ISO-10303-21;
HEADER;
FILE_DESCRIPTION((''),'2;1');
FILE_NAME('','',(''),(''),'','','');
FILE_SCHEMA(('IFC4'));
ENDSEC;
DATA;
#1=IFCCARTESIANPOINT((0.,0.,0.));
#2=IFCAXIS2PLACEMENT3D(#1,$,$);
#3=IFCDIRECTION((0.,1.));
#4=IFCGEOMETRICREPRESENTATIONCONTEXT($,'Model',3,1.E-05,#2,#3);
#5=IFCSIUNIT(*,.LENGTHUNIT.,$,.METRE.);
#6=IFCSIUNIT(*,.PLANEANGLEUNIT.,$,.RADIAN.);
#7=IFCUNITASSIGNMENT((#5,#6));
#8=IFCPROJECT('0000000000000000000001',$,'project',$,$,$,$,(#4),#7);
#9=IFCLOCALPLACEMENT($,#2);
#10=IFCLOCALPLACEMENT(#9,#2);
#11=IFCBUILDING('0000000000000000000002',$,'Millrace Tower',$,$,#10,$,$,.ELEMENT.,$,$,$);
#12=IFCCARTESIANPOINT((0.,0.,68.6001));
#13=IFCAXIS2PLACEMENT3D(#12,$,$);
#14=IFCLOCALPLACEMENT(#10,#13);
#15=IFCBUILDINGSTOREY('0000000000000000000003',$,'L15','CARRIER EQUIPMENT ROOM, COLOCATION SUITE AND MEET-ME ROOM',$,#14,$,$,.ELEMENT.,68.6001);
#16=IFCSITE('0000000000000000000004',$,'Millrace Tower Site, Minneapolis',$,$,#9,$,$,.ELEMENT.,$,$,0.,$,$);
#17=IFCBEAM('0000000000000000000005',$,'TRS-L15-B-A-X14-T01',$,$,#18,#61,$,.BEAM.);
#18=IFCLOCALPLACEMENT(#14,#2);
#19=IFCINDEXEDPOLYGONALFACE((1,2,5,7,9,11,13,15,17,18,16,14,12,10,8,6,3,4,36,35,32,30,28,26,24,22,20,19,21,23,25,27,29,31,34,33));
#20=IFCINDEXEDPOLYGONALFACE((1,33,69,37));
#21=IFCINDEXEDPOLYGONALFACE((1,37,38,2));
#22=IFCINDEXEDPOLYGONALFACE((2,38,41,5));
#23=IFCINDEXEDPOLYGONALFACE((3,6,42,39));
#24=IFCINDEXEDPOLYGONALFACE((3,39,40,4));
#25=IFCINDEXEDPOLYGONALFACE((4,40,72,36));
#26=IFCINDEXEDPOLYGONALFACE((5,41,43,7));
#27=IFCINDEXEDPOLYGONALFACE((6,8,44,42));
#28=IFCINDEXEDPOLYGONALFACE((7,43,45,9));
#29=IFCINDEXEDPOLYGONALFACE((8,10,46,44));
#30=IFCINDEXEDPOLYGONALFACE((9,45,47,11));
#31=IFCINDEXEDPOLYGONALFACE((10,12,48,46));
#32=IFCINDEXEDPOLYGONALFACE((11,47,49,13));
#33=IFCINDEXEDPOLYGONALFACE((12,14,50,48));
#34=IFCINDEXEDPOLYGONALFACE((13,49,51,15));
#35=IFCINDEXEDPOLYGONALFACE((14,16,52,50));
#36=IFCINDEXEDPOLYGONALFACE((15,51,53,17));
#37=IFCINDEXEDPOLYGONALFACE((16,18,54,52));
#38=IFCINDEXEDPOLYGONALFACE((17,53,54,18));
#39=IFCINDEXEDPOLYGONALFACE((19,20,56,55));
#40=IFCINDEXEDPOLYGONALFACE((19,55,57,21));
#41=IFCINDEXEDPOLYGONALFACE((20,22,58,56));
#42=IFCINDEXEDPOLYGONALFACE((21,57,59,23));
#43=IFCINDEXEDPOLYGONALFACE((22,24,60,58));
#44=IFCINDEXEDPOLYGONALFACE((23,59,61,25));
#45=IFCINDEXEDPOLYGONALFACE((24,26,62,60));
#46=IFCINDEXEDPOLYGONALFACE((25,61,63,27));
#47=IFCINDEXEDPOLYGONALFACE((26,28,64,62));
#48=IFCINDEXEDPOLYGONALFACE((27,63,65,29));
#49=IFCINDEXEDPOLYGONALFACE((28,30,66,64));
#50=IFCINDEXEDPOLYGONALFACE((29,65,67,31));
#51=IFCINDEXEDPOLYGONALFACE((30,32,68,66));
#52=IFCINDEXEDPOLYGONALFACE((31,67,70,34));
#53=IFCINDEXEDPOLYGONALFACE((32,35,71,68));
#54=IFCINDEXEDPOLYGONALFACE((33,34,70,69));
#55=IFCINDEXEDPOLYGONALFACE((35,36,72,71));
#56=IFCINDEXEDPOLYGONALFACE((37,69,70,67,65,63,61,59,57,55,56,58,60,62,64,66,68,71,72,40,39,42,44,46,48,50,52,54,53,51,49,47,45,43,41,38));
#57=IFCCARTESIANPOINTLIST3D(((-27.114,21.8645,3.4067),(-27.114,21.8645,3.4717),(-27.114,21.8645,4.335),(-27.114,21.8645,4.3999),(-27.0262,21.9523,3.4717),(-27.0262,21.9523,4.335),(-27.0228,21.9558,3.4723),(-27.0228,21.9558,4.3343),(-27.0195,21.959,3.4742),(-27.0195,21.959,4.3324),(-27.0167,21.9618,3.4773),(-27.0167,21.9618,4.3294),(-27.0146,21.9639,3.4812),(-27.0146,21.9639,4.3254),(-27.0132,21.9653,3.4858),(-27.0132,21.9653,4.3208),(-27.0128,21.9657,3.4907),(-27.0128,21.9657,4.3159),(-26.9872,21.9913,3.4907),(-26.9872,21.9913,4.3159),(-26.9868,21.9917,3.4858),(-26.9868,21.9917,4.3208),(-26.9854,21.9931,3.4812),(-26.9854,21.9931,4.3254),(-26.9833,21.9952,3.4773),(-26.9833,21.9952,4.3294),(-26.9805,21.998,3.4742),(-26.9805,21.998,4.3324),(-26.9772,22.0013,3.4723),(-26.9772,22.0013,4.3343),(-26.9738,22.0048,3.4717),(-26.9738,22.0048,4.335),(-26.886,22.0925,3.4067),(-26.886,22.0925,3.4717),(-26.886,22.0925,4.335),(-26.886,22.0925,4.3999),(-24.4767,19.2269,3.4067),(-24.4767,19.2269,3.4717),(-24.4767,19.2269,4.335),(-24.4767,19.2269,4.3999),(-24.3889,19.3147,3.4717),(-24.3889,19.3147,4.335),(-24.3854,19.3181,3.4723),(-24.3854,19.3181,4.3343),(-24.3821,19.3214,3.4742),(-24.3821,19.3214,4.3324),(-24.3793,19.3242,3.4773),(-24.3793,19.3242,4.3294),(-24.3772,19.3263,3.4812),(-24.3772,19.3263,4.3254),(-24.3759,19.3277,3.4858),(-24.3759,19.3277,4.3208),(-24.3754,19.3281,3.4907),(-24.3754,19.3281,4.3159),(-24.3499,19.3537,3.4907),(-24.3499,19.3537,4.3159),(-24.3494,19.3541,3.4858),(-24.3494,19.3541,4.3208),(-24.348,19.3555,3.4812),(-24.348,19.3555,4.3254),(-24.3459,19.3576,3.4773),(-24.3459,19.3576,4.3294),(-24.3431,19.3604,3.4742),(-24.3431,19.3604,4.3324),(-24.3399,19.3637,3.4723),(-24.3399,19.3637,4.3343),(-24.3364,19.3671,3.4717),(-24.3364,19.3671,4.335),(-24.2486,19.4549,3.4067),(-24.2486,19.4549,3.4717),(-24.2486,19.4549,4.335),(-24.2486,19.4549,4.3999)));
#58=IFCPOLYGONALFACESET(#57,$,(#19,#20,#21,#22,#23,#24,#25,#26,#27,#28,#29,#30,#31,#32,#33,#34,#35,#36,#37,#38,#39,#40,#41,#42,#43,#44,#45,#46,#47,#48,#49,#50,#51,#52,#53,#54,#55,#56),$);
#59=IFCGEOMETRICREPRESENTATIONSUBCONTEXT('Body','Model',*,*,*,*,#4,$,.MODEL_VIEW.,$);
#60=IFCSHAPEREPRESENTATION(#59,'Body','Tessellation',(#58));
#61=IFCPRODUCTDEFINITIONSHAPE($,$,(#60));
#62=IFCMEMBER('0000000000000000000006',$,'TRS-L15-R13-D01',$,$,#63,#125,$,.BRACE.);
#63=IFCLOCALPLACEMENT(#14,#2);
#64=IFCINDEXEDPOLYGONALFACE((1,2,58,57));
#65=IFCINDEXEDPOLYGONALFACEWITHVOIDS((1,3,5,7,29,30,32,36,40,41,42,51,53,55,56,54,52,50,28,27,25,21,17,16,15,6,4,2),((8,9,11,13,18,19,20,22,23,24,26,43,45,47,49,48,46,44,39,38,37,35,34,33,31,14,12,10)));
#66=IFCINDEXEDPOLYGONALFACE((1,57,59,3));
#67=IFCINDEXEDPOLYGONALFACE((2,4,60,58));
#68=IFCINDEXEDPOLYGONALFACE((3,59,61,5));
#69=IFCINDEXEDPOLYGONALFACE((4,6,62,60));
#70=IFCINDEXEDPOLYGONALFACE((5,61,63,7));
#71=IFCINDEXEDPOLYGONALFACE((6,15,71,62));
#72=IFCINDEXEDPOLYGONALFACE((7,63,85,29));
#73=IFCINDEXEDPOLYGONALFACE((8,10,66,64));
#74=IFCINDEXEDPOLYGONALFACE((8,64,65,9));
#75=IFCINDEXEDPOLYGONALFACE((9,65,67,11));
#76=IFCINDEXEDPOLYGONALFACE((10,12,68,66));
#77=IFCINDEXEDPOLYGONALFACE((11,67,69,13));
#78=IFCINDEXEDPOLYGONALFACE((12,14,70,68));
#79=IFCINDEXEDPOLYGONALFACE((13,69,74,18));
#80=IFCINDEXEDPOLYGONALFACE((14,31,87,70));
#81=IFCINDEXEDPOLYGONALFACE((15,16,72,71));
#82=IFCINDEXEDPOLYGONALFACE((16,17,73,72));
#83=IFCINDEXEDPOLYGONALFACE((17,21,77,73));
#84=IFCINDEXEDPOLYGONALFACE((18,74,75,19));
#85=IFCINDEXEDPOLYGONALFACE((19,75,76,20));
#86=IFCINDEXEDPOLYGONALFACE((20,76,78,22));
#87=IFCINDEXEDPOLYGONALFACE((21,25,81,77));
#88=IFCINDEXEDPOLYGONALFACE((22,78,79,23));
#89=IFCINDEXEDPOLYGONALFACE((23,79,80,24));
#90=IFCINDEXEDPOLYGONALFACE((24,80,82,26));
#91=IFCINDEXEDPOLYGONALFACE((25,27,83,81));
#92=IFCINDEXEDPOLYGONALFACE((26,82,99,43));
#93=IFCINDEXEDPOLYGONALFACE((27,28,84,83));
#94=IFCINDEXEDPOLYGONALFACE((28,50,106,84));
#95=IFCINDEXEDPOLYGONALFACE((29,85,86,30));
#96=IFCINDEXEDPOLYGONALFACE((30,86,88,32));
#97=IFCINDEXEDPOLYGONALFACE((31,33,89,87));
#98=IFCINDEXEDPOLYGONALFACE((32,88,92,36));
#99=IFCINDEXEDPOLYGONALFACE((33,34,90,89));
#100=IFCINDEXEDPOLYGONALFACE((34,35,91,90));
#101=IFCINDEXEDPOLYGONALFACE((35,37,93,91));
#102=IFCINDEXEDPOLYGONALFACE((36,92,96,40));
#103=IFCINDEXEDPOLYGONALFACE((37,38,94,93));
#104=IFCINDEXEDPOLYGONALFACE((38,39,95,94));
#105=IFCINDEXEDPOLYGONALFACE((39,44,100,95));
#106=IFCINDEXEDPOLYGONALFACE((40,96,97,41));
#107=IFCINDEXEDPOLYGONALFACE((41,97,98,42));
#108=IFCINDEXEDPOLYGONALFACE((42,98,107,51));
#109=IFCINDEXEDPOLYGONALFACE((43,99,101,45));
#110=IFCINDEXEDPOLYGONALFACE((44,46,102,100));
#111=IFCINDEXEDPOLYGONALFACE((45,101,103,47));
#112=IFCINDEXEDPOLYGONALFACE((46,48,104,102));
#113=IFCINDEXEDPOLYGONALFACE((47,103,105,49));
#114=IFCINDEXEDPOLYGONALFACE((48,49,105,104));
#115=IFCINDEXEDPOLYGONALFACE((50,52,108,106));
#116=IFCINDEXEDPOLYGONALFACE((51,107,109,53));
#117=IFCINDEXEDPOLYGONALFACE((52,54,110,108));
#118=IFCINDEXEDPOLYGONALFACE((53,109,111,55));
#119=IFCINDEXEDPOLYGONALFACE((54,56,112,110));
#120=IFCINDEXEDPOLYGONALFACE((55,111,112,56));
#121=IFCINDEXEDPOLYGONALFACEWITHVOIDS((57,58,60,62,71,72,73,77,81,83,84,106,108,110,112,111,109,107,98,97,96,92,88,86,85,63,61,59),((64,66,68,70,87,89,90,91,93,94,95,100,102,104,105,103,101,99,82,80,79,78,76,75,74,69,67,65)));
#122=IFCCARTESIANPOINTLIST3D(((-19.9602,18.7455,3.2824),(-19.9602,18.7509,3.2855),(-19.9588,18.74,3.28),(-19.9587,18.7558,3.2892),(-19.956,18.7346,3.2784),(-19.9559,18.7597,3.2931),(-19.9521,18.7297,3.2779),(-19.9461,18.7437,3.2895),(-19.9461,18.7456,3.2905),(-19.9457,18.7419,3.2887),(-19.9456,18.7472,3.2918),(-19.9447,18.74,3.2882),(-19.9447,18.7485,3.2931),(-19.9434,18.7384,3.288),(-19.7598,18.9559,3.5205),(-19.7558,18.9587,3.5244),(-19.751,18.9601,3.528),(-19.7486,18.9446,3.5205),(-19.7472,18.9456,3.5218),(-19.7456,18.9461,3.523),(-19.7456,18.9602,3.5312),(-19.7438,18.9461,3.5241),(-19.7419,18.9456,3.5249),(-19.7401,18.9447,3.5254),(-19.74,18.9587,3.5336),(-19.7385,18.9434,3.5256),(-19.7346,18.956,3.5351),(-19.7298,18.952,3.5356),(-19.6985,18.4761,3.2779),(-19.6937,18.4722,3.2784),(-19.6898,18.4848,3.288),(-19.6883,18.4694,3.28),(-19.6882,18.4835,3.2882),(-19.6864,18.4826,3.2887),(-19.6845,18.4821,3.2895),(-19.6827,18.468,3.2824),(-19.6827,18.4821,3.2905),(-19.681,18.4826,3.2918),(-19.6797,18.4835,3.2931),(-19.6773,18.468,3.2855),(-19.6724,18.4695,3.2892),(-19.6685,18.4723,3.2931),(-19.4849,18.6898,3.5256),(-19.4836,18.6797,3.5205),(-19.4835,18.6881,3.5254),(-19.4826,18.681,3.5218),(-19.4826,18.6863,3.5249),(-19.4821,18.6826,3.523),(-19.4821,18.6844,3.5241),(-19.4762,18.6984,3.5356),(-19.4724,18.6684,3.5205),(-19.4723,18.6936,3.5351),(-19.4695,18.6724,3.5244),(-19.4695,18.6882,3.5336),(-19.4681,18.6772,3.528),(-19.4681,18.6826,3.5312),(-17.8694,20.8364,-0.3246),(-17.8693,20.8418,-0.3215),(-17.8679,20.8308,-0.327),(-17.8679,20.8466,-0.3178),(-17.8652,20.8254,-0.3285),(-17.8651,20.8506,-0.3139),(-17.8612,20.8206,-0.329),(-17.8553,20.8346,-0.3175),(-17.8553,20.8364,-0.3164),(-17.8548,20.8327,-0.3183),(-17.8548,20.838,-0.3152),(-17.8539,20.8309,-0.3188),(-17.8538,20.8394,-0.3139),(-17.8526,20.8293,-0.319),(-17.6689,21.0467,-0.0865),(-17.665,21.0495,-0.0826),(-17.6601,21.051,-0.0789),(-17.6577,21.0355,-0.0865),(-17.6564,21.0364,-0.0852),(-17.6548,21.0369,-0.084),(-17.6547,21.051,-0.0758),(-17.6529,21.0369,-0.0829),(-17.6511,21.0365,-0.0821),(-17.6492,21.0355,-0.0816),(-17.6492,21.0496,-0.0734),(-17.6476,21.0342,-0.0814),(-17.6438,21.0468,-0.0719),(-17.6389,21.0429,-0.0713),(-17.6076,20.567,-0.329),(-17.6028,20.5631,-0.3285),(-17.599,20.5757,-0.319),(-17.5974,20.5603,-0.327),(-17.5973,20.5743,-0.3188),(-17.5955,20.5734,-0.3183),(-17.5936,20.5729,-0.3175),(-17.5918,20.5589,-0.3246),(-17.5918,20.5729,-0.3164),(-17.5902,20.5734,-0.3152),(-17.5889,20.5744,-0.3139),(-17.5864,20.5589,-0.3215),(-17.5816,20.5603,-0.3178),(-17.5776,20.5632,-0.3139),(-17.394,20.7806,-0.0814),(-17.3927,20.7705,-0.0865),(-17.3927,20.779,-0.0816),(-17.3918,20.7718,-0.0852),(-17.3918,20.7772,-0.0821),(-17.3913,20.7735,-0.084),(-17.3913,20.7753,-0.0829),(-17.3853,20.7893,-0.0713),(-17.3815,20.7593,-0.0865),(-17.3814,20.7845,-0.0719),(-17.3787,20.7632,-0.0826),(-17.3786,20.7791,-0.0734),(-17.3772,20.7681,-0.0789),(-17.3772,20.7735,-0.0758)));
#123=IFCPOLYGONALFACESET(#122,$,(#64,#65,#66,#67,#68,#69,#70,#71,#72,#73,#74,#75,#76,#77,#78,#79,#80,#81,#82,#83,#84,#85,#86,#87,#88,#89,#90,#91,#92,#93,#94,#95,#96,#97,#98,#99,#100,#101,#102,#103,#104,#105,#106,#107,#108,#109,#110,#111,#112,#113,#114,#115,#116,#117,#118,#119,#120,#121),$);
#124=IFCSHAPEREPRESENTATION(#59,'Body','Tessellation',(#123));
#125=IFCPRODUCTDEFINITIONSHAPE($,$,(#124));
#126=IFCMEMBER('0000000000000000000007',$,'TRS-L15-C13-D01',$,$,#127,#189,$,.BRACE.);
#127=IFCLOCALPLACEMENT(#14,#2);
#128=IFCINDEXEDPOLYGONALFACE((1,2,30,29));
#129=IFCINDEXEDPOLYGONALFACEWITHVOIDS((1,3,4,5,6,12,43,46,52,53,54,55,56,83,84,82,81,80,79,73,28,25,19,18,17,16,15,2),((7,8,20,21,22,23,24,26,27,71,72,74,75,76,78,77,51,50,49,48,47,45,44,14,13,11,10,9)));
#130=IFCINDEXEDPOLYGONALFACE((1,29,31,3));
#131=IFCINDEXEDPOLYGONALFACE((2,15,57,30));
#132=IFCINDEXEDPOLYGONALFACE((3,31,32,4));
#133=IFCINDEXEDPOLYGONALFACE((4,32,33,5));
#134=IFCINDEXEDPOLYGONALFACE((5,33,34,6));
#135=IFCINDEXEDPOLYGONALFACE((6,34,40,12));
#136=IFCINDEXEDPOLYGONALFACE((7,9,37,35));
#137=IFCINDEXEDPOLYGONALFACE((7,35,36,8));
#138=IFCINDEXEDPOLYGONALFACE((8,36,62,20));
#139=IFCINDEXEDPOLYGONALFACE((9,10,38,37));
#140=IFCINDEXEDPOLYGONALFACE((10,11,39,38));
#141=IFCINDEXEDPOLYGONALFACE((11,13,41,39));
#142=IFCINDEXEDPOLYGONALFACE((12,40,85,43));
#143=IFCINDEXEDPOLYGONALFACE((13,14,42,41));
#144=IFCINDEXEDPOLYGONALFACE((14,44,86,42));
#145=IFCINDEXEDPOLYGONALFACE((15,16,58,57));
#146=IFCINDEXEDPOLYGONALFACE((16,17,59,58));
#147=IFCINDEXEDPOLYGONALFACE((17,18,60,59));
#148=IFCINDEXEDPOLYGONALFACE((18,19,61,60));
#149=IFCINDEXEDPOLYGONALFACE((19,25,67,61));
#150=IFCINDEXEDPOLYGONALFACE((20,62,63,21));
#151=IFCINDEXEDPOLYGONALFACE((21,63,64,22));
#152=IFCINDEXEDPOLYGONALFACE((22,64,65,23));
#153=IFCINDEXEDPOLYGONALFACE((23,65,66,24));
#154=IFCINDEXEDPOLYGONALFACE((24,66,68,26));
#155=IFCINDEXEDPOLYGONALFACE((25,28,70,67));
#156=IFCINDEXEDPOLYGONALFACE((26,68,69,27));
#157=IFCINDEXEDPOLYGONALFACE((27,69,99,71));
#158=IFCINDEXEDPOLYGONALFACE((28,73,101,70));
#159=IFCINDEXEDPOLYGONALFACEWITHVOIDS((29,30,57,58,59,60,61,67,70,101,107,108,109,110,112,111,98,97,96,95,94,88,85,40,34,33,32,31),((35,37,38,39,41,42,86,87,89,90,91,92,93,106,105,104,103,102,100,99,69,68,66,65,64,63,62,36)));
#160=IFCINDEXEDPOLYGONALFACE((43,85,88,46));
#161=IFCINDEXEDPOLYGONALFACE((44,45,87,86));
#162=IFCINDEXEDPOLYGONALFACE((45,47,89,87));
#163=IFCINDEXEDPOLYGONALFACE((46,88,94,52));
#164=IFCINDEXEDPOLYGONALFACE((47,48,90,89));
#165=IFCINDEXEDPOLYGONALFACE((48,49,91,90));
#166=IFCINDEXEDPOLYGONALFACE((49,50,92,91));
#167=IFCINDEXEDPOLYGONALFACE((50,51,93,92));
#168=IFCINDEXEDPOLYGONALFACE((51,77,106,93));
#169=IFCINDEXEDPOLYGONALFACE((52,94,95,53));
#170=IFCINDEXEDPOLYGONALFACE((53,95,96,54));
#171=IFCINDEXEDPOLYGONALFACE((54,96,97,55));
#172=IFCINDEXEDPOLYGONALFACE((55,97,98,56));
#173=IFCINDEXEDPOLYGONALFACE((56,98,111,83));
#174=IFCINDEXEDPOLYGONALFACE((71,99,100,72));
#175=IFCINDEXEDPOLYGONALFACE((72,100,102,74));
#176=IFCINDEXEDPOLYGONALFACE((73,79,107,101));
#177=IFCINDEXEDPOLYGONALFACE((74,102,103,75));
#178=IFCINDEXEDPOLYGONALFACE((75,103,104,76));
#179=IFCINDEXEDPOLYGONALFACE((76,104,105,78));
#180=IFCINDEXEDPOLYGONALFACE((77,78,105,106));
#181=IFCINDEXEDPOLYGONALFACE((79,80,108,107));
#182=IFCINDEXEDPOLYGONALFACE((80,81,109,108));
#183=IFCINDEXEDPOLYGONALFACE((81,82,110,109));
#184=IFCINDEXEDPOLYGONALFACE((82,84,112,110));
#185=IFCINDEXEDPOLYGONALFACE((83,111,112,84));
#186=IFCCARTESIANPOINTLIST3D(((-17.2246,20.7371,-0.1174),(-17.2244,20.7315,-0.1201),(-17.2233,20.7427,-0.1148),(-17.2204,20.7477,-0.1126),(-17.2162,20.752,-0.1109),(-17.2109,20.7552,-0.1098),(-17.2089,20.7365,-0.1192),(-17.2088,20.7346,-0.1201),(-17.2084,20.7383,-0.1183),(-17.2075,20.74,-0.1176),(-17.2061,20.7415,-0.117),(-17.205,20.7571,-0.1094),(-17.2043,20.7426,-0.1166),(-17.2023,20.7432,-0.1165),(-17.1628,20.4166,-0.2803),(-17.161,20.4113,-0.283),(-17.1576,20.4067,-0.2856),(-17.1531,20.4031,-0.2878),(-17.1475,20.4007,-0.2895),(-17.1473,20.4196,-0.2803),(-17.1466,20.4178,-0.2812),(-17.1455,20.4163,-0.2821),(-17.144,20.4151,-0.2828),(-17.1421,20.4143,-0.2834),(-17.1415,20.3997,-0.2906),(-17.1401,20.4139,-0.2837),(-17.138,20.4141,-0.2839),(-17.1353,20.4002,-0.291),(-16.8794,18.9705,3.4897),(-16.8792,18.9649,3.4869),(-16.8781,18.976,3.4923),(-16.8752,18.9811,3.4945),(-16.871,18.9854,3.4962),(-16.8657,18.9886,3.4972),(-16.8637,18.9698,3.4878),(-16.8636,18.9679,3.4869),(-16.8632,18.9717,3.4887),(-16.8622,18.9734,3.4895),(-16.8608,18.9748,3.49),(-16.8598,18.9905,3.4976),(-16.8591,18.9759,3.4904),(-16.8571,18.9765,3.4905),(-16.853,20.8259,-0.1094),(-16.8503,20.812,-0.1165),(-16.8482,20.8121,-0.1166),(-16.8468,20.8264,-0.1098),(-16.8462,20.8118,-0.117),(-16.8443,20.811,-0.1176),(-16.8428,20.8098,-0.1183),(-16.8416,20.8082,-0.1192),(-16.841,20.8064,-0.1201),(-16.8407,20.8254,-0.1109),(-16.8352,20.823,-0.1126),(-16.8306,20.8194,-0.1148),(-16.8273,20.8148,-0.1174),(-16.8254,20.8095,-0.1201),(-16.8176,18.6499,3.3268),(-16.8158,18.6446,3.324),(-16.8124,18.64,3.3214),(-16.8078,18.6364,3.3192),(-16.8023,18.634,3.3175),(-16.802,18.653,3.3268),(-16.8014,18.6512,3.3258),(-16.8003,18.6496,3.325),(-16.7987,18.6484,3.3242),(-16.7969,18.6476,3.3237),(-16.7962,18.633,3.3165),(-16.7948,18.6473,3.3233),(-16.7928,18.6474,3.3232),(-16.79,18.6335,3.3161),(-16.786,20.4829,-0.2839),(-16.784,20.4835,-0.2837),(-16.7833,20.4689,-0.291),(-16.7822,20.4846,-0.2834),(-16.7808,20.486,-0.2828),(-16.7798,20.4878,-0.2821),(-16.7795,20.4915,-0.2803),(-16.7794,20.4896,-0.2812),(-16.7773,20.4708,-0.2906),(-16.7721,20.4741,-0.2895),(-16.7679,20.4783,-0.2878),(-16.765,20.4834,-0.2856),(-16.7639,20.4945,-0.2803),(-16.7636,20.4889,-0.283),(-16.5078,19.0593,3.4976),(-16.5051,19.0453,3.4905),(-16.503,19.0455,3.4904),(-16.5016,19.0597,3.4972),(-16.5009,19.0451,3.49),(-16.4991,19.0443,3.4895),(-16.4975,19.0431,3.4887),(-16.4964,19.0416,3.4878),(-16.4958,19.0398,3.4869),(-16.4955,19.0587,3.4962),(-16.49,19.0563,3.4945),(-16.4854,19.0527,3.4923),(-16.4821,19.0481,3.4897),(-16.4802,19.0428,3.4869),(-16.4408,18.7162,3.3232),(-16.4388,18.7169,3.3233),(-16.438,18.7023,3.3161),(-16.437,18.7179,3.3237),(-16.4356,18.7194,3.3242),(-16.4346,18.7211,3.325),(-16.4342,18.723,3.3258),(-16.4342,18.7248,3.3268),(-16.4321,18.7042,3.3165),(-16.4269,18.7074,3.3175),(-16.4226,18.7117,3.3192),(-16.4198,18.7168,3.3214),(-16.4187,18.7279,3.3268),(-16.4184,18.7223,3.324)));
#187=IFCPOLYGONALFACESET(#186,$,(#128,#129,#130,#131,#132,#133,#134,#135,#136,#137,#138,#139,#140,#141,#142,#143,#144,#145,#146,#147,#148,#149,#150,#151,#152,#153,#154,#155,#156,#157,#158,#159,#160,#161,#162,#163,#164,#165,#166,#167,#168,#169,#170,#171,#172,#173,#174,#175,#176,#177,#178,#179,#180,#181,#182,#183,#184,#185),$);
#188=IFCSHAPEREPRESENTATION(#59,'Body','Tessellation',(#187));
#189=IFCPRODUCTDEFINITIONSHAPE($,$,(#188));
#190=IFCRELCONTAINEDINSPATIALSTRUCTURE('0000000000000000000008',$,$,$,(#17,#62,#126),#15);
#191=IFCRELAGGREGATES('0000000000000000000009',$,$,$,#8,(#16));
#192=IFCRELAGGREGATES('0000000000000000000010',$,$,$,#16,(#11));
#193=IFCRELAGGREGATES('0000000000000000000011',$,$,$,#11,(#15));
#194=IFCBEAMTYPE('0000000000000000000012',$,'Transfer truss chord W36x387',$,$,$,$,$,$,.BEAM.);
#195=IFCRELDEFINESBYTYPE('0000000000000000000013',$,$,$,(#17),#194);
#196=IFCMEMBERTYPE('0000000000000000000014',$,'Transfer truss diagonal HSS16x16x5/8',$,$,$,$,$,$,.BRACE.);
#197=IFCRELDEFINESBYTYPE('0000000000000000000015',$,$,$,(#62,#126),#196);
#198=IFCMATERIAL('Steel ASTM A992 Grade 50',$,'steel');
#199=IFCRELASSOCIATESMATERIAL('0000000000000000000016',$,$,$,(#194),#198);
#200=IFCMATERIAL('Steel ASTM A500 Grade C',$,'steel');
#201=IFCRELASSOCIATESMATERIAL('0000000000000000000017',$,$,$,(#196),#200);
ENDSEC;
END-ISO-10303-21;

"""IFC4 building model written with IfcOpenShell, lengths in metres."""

from ifc_helpers import new_model, si_unit, direction, frame, origin, origin_2d, place, context, subcontext, project, spatial, hollow_rectangle, i_section, extrude, material, material_profile, profile_set, type_object, element, save


model = new_model("IFC4")

# Units and contexts
model_context = context("Model", 3, precision=1e-05, world=origin(), true_north=direction((0.0, 1.0)))
body_context = subcontext(model_context, "Body", "Model", "MODEL_VIEW")
ifc_project = project(units=[si_unit("LENGTHUNIT", "METRE"), si_unit("PLANEANGLEUNIT", "RADIAN")], contexts=[model_context])

# Site, building, storey
site_placement = place(None, origin())
site = spatial("IfcSite", under=ifc_project, at=site_placement, Name="Millrace Tower Site, Minneapolis", CompositionType="ELEMENT", RefElevation=0.0)
building_placement = place(site_placement, origin())
building = spatial("IfcBuilding", under=site, at=building_placement, Name="Millrace Tower", CompositionType="ELEMENT")
storey_placement = place(building_placement, frame((0.0, 0.0, 68.6001)))
storey = spatial("IfcBuildingStorey", under=building, at=storey_placement, Name="L15", Description="CARRIER EQUIPMENT ROOM, COLOCATION SUITE AND MEET-ME ROOM", CompositionType="ELEMENT", Elevation=68.6001)

# Beam
ifc_material_1 = material(Name="Steel ASTM A992 Grade 50", Category="steel")
ifc_material_profile_1 = material_profile(ifc_material_1, i_section(OverallWidth=0.3225, OverallDepth=0.9932, WebThickness=0.0361, FlangeThickness=0.0649, FilletRadius=0.019, at=origin_2d()))
ifc_profile_set_1 = profile_set([ifc_material_profile_1], Name="Steel ASTM A992 Grade 50")
beam_type = type_object("IfcBeamType", Name="Transfer truss chord W36x387", PredefinedType="BEAM", material=ifc_profile_set_1)
for number, where, z_axis, x_axis, name in (
    (1, (-27.0, 21.9785, 3.9033), (0.707074, -0.70714, 0.0), (0.70714, 0.707074, 0.0), "TRS-L15-B-A-X14-T01"),
):
    element("IfcBeam", number, at=place(storey_placement, frame(where, z_axis=z_axis, x_axis=x_axis)), inside=storey, type_object=beam_type, Name=name, PredefinedType="BEAM", context=body_context, shape_type="SweptSolid", body=[
        extrude(i_section(OverallWidth=0.3225, OverallDepth=0.9932, WebThickness=0.0361, FlangeThickness=0.0649, FilletRadius=0.019, at=origin_2d()), origin(), (0.0, 0.0, 1.0), 3.73),
    ])

# Members
ifc_material_2 = material(Name="Steel ASTM A500 Grade C", Category="steel")
ifc_material_profile_2 = material_profile(ifc_material_2, hollow_rectangle(XDim=0.4065, YDim=0.4065, WallThickness=0.0159, InnerFilletRadius=0.0081, OuterFilletRadius=0.0239, at=origin_2d()))
ifc_profile_set_2 = profile_set([ifc_material_profile_2], Name="Steel ASTM A500 Grade C")
member_type_1 = type_object("IfcMemberType", Name="Transfer truss diagonal HSS16x16x5/8", PredefinedType="BRACE", material=ifc_profile_set_2)
member_1_placement = place(storey_placement, frame((-17.6233, 20.8049, -0.2002), z_axis=(-0.448288, -0.448288, 0.773354), x_axis=(0.707107, -0.707107, 0.0)))
element("IfcMember", 2, at=member_1_placement, inside=storey, type_object=member_type_1, Name="TRS-L15-R13-D01", PredefinedType="BRACE", context=body_context, shape_type="SweptSolid", body=[
    extrude(hollow_rectangle(XDim=0.4065, YDim=0.4065, WallThickness=0.0159, InnerFilletRadius=0.0081, OuterFilletRadius=0.0239, at=origin_2d()), origin(), (0.0, 0.0, 1.0), 4.6641),
])
member_2_placement = place(storey_placement, frame((-16.9941, 20.613, -0.2002), z_axis=(0.085637, -0.43824, 0.894769), x_axis=(0.981437, 0.191784, 0.0)))
element("IfcMember", 3, at=member_2_placement, inside=storey, type_object=member_type_1, Name="TRS-L15-C13-D01", PredefinedType="BRACE", context=body_context, shape_type="SweptSolid", body=[
    extrude(hollow_rectangle(XDim=0.4065, YDim=0.4065, WallThickness=0.0159, InnerFilletRadius=0.0081, OuterFilletRadius=0.0239, at=origin_2d()), origin(), (0.0, 0.0, 1.0), 4.0312),
])

save(model, "model.ifc")
